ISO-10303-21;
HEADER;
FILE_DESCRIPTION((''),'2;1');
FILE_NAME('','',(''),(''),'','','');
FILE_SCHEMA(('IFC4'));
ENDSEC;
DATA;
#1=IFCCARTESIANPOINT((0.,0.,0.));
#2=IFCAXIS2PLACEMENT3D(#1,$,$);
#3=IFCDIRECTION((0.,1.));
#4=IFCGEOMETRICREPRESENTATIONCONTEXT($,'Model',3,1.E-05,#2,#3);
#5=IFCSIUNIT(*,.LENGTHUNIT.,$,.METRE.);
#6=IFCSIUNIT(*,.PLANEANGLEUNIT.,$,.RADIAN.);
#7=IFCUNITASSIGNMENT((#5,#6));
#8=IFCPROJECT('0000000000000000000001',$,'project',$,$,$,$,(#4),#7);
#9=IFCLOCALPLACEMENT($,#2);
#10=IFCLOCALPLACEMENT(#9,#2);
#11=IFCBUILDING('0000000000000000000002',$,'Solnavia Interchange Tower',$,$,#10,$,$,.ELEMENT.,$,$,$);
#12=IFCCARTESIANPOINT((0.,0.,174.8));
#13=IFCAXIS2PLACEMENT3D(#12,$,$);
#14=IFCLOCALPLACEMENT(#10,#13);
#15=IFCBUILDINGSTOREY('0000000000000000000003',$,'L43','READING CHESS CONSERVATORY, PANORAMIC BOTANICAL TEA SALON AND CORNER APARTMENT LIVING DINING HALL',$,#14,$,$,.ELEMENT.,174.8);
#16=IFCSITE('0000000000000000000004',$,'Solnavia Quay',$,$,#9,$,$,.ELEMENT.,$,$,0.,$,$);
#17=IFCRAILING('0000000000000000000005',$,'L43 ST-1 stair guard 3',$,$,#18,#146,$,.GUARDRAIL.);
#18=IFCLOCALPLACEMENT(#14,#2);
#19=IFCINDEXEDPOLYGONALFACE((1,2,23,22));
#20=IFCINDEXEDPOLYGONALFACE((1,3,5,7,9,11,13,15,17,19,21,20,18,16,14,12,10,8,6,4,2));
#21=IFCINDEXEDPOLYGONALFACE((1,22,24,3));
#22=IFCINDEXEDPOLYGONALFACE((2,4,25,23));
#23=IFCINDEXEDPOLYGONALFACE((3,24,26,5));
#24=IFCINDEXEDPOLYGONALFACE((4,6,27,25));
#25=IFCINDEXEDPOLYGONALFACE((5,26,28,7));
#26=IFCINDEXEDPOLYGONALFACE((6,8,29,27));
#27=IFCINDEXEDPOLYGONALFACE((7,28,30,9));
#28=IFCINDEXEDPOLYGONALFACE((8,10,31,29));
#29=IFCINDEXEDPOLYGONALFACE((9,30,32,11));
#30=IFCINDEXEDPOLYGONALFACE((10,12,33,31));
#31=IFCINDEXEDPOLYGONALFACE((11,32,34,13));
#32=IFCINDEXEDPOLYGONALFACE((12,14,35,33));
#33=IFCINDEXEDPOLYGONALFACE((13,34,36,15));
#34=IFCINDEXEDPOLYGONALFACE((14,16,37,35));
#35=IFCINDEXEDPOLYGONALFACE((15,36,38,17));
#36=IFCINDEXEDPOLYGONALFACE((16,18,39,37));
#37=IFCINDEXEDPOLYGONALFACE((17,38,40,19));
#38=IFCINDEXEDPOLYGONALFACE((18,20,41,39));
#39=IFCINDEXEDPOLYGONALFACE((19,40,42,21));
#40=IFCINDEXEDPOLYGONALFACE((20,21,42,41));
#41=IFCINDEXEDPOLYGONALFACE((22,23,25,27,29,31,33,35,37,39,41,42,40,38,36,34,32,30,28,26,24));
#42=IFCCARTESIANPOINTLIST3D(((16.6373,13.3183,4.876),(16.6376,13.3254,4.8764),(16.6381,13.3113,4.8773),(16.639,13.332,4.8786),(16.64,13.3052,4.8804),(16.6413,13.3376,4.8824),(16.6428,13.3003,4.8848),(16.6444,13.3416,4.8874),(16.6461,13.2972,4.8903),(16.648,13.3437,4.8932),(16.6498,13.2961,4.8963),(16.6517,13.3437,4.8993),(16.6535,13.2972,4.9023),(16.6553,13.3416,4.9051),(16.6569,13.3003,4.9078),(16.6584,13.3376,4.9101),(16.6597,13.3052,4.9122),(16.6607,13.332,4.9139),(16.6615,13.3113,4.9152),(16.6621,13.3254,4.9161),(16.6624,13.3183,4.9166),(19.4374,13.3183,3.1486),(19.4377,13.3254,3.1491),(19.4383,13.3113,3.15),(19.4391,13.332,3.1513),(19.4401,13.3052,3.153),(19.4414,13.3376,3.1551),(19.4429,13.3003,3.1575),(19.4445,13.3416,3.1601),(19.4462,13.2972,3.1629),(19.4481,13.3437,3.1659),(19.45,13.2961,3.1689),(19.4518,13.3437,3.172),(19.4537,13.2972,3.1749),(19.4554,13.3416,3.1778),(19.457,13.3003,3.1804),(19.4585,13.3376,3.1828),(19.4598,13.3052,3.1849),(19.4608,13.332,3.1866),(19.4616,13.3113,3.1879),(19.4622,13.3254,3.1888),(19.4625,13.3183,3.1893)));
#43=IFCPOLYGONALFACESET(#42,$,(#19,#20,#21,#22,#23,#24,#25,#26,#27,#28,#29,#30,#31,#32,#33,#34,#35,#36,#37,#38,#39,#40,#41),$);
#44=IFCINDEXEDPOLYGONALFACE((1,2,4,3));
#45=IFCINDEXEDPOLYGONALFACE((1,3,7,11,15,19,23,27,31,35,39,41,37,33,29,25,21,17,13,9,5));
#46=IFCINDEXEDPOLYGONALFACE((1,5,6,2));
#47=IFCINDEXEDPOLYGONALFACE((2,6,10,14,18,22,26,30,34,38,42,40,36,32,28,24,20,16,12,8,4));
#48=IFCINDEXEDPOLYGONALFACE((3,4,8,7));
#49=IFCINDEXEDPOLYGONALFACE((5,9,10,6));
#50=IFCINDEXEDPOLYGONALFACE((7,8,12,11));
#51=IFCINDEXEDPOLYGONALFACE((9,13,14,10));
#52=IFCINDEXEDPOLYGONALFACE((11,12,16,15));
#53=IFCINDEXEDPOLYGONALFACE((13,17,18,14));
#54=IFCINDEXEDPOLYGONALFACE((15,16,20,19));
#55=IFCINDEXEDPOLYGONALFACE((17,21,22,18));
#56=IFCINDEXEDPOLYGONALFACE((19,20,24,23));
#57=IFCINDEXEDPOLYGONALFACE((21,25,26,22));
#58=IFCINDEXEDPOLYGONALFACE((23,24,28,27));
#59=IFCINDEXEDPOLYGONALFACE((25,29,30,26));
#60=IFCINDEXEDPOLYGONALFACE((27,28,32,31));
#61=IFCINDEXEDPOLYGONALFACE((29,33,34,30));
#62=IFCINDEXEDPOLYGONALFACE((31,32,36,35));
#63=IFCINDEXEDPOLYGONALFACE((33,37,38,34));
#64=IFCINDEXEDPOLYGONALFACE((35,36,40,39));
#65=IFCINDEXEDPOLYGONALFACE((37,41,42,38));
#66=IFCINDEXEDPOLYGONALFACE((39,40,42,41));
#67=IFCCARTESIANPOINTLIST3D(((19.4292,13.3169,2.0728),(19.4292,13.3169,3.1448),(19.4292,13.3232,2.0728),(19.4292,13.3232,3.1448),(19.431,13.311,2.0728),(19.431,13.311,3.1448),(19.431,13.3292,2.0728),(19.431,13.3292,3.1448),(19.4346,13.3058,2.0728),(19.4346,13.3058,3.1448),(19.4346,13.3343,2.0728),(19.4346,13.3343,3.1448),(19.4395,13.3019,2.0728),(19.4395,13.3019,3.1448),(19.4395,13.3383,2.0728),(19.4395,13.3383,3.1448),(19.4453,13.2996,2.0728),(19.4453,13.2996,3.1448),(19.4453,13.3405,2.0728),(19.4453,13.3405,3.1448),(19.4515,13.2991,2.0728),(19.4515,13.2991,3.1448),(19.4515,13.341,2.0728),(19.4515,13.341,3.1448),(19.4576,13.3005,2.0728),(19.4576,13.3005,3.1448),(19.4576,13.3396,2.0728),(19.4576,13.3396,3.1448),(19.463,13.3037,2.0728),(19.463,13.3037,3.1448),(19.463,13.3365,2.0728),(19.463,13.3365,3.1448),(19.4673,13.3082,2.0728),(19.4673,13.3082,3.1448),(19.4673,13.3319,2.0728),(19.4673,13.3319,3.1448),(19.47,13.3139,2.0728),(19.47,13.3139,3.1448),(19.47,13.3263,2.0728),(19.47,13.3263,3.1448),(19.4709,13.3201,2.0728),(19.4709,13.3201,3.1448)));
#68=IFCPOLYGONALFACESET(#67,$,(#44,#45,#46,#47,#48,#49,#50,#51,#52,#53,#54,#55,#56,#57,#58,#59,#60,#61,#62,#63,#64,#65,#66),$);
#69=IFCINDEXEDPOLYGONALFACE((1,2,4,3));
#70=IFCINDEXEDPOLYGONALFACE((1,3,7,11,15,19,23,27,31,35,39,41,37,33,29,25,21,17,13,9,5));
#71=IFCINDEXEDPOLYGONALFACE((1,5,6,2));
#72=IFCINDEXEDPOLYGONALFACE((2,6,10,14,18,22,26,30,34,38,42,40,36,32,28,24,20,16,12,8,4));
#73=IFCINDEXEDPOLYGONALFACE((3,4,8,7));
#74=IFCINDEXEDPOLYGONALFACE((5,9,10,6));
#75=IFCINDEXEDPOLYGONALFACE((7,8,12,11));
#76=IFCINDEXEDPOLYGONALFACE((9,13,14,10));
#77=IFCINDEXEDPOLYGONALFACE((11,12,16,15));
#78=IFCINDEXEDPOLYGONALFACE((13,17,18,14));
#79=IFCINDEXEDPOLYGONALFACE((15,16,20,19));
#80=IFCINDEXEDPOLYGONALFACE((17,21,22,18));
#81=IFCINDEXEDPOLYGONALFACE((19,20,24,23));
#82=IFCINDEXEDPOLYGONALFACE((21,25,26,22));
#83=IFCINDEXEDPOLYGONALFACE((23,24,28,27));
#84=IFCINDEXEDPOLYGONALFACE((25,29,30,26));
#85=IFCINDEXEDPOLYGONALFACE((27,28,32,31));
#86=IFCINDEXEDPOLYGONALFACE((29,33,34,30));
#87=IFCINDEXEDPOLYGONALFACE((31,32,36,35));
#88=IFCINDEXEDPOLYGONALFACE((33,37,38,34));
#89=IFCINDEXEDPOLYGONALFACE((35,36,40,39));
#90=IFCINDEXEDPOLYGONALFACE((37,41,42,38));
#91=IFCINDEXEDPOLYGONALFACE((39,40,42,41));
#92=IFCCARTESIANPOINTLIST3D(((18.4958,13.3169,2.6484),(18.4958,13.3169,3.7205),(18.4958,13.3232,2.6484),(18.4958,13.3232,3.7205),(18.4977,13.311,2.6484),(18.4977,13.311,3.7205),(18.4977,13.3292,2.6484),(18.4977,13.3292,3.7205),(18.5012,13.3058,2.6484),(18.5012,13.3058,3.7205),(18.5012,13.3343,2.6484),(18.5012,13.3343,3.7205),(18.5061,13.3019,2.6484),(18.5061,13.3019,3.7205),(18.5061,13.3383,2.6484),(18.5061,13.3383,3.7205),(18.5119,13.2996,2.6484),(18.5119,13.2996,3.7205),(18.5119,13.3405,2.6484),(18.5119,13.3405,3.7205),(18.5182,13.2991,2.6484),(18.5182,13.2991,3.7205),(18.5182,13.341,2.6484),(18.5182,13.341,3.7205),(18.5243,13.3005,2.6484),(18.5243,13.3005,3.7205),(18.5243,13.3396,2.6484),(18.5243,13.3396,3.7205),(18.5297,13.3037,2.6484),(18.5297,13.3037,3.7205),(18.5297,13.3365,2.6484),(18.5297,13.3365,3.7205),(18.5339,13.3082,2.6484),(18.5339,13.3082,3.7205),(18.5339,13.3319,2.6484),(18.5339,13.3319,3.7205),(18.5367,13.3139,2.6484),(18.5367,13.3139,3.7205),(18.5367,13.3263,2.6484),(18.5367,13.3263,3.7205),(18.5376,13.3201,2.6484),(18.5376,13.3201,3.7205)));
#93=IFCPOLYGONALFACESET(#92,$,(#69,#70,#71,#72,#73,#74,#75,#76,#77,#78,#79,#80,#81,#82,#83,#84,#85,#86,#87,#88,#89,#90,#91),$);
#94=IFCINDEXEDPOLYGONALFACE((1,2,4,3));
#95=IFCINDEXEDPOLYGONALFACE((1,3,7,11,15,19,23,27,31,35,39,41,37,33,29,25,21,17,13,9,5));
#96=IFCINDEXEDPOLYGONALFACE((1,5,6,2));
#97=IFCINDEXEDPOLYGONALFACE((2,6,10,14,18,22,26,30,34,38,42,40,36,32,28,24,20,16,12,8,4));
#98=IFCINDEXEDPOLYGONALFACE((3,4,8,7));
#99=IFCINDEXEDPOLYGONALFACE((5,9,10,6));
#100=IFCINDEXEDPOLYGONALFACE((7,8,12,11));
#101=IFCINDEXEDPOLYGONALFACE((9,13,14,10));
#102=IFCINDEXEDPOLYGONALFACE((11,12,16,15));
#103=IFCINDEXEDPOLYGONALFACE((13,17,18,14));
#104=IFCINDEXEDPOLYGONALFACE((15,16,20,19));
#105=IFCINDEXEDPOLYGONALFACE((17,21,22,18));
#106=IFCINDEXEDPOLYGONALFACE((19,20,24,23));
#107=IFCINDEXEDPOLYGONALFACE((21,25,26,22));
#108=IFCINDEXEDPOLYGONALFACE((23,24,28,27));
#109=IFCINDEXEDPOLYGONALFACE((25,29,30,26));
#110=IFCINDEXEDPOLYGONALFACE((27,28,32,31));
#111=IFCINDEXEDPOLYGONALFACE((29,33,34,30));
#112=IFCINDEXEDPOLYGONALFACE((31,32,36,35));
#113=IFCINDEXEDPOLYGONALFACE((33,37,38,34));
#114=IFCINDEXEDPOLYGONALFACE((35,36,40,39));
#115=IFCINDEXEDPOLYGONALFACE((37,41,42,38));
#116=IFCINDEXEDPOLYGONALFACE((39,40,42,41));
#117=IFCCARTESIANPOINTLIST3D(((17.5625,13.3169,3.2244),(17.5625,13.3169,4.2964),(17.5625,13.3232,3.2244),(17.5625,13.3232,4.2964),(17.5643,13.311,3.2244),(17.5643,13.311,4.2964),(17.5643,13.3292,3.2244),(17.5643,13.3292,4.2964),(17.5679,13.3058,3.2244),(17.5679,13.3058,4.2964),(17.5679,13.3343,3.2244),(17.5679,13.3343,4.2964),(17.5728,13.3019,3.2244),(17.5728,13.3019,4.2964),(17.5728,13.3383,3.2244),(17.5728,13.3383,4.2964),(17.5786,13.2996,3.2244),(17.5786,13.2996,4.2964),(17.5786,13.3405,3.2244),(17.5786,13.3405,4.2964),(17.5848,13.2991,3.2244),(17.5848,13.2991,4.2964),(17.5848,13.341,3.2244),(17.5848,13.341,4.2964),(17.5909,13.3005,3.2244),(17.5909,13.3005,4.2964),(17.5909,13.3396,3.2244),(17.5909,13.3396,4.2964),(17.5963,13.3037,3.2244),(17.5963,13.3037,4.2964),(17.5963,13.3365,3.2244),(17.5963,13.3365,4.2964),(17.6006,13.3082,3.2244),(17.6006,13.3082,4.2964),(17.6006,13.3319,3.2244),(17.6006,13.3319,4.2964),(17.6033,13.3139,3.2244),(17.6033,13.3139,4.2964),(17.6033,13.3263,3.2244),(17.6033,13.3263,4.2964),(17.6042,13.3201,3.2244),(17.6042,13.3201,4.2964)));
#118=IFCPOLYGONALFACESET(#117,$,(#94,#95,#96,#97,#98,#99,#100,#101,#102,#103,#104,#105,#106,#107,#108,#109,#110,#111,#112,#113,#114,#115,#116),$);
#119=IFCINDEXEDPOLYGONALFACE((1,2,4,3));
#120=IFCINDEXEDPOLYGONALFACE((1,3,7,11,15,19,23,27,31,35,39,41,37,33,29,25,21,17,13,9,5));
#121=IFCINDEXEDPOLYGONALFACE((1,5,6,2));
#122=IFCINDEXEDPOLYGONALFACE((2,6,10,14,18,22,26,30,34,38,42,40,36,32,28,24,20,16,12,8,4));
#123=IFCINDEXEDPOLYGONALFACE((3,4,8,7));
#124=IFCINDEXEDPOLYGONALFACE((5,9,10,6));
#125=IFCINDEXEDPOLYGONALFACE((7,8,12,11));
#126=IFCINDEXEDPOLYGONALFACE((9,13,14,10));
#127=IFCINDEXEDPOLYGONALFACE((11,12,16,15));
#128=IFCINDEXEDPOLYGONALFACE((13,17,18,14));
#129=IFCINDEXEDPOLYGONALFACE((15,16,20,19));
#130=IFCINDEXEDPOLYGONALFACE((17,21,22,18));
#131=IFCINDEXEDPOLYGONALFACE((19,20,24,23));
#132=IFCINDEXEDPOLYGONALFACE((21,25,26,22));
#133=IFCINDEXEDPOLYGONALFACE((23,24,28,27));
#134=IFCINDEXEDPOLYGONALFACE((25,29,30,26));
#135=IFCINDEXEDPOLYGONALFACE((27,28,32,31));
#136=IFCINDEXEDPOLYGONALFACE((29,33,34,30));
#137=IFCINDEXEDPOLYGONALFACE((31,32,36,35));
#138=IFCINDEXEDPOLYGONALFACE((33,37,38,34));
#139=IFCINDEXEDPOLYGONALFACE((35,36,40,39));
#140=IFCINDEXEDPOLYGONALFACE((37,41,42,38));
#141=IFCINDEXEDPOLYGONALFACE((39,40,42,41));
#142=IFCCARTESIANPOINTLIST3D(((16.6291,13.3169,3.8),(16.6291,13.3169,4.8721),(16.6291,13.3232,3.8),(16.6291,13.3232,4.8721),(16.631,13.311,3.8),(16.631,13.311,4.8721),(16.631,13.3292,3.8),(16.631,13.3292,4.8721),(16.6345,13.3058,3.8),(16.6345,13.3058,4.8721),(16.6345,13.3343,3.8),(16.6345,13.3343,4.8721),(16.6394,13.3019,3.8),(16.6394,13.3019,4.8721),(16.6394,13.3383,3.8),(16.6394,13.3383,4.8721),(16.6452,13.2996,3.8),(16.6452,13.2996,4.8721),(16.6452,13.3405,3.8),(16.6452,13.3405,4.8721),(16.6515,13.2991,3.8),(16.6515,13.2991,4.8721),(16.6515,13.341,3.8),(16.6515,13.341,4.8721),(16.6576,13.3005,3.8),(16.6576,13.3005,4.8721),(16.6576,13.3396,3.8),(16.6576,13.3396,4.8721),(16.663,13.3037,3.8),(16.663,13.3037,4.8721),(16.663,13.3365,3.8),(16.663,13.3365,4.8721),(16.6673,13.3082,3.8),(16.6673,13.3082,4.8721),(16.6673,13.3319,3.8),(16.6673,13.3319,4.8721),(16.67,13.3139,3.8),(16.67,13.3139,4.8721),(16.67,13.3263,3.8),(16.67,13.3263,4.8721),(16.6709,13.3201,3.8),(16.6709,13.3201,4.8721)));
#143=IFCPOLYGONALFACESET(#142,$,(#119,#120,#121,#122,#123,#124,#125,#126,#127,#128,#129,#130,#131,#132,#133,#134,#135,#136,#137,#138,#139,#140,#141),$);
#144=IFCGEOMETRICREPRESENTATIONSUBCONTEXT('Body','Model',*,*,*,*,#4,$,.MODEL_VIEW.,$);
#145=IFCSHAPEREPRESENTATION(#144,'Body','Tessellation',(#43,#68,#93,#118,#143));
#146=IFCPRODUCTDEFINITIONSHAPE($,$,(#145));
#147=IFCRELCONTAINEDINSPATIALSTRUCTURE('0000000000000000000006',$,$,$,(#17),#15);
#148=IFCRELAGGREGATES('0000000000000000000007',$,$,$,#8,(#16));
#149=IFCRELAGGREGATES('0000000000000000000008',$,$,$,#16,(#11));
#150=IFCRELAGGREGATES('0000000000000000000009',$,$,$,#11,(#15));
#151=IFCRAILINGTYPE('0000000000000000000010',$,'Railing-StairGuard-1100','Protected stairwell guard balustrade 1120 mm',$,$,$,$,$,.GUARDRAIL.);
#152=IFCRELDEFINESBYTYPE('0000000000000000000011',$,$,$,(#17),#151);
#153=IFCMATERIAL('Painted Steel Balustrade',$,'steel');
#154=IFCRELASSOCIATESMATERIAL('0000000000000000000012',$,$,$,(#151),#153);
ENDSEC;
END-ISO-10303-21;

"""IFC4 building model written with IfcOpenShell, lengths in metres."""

from ifc_helpers import new_model, si_unit, direction, frame, origin, origin_2d, place, context, subcontext, project, spatial, circle, extrude, material, type_object, element, save


model = new_model("IFC4")

# Units and contexts
model_context = context("Model", 3, precision=1e-05, world=origin(), true_north=direction((0.0, 1.0)))
body_context = subcontext(model_context, "Body", "Model", "MODEL_VIEW")
ifc_project = project(units=[si_unit("LENGTHUNIT", "METRE"), si_unit("PLANEANGLEUNIT", "RADIAN")], contexts=[model_context])

# Site, building, storey
site_placement = place(None, origin())
site = spatial("IfcSite", under=ifc_project, at=site_placement, Name="Solnavia Quay", CompositionType="ELEMENT", RefElevation=0.0)
building_placement = place(site_placement, origin())
building = spatial("IfcBuilding", under=site, at=building_placement, Name="Solnavia Interchange Tower", CompositionType="ELEMENT")
storey_placement = place(building_placement, frame((0.0, 0.0, 174.8)))
storey = spatial("IfcBuildingStorey", under=building, at=storey_placement, Name="L43", Description="READING CHESS CONSERVATORY, PANORAMIC BOTANICAL TEA SALON AND CORNER APARTMENT LIVING DINING HALL", CompositionType="ELEMENT", Elevation=174.8)

# Railing
ifc_material_1 = material(Name="Painted Steel Balustrade", Category="steel")
railing_type_1 = type_object("IfcRailingType", Name="Railing-StairGuard-1100", Description="Protected stairwell guard balustrade 1120 mm", PredefinedType="GUARDRAIL", material=ifc_material_1)
railing_1_placement = place(storey_placement, frame((19.45, 13.3201, 2.0728)))
element("IfcRailing", 1, at=railing_1_placement, inside=storey, type_object=railing_type_1, Name="L43 ST-1 stair guard 3", PredefinedType="GUARDRAIL", context=body_context, shape_type="SweptSolid", body=[
    extrude(circle(Radius=0.0239, at=origin_2d()), frame((0.0, 0.0, 1.0962), z_axis=(-0.85109, 0.0, 0.52502), x_axis=(0.0, -1.0, 0.0)), (0.0, 0.0, 1.0), 3.29),
    extrude(circle(Radius=0.021, at=origin_2d()), origin(), (0.0, 0.0, 1.0), 1.072),
    extrude(circle(Radius=0.021, at=origin_2d()), frame((-0.9333, 0.0, 0.5757)), (0.0, 0.0, 1.0), 1.072),
    extrude(circle(Radius=0.021, at=origin_2d()), frame((-1.8667, 0.0, 1.1516)), (0.0, 0.0, 1.0), 1.072),
    extrude(circle(Radius=0.021, at=origin_2d()), frame((-2.8, 0.0, 1.7273)), (0.0, 0.0, 1.0), 1.072),
])

save(model, "model.ifc")
